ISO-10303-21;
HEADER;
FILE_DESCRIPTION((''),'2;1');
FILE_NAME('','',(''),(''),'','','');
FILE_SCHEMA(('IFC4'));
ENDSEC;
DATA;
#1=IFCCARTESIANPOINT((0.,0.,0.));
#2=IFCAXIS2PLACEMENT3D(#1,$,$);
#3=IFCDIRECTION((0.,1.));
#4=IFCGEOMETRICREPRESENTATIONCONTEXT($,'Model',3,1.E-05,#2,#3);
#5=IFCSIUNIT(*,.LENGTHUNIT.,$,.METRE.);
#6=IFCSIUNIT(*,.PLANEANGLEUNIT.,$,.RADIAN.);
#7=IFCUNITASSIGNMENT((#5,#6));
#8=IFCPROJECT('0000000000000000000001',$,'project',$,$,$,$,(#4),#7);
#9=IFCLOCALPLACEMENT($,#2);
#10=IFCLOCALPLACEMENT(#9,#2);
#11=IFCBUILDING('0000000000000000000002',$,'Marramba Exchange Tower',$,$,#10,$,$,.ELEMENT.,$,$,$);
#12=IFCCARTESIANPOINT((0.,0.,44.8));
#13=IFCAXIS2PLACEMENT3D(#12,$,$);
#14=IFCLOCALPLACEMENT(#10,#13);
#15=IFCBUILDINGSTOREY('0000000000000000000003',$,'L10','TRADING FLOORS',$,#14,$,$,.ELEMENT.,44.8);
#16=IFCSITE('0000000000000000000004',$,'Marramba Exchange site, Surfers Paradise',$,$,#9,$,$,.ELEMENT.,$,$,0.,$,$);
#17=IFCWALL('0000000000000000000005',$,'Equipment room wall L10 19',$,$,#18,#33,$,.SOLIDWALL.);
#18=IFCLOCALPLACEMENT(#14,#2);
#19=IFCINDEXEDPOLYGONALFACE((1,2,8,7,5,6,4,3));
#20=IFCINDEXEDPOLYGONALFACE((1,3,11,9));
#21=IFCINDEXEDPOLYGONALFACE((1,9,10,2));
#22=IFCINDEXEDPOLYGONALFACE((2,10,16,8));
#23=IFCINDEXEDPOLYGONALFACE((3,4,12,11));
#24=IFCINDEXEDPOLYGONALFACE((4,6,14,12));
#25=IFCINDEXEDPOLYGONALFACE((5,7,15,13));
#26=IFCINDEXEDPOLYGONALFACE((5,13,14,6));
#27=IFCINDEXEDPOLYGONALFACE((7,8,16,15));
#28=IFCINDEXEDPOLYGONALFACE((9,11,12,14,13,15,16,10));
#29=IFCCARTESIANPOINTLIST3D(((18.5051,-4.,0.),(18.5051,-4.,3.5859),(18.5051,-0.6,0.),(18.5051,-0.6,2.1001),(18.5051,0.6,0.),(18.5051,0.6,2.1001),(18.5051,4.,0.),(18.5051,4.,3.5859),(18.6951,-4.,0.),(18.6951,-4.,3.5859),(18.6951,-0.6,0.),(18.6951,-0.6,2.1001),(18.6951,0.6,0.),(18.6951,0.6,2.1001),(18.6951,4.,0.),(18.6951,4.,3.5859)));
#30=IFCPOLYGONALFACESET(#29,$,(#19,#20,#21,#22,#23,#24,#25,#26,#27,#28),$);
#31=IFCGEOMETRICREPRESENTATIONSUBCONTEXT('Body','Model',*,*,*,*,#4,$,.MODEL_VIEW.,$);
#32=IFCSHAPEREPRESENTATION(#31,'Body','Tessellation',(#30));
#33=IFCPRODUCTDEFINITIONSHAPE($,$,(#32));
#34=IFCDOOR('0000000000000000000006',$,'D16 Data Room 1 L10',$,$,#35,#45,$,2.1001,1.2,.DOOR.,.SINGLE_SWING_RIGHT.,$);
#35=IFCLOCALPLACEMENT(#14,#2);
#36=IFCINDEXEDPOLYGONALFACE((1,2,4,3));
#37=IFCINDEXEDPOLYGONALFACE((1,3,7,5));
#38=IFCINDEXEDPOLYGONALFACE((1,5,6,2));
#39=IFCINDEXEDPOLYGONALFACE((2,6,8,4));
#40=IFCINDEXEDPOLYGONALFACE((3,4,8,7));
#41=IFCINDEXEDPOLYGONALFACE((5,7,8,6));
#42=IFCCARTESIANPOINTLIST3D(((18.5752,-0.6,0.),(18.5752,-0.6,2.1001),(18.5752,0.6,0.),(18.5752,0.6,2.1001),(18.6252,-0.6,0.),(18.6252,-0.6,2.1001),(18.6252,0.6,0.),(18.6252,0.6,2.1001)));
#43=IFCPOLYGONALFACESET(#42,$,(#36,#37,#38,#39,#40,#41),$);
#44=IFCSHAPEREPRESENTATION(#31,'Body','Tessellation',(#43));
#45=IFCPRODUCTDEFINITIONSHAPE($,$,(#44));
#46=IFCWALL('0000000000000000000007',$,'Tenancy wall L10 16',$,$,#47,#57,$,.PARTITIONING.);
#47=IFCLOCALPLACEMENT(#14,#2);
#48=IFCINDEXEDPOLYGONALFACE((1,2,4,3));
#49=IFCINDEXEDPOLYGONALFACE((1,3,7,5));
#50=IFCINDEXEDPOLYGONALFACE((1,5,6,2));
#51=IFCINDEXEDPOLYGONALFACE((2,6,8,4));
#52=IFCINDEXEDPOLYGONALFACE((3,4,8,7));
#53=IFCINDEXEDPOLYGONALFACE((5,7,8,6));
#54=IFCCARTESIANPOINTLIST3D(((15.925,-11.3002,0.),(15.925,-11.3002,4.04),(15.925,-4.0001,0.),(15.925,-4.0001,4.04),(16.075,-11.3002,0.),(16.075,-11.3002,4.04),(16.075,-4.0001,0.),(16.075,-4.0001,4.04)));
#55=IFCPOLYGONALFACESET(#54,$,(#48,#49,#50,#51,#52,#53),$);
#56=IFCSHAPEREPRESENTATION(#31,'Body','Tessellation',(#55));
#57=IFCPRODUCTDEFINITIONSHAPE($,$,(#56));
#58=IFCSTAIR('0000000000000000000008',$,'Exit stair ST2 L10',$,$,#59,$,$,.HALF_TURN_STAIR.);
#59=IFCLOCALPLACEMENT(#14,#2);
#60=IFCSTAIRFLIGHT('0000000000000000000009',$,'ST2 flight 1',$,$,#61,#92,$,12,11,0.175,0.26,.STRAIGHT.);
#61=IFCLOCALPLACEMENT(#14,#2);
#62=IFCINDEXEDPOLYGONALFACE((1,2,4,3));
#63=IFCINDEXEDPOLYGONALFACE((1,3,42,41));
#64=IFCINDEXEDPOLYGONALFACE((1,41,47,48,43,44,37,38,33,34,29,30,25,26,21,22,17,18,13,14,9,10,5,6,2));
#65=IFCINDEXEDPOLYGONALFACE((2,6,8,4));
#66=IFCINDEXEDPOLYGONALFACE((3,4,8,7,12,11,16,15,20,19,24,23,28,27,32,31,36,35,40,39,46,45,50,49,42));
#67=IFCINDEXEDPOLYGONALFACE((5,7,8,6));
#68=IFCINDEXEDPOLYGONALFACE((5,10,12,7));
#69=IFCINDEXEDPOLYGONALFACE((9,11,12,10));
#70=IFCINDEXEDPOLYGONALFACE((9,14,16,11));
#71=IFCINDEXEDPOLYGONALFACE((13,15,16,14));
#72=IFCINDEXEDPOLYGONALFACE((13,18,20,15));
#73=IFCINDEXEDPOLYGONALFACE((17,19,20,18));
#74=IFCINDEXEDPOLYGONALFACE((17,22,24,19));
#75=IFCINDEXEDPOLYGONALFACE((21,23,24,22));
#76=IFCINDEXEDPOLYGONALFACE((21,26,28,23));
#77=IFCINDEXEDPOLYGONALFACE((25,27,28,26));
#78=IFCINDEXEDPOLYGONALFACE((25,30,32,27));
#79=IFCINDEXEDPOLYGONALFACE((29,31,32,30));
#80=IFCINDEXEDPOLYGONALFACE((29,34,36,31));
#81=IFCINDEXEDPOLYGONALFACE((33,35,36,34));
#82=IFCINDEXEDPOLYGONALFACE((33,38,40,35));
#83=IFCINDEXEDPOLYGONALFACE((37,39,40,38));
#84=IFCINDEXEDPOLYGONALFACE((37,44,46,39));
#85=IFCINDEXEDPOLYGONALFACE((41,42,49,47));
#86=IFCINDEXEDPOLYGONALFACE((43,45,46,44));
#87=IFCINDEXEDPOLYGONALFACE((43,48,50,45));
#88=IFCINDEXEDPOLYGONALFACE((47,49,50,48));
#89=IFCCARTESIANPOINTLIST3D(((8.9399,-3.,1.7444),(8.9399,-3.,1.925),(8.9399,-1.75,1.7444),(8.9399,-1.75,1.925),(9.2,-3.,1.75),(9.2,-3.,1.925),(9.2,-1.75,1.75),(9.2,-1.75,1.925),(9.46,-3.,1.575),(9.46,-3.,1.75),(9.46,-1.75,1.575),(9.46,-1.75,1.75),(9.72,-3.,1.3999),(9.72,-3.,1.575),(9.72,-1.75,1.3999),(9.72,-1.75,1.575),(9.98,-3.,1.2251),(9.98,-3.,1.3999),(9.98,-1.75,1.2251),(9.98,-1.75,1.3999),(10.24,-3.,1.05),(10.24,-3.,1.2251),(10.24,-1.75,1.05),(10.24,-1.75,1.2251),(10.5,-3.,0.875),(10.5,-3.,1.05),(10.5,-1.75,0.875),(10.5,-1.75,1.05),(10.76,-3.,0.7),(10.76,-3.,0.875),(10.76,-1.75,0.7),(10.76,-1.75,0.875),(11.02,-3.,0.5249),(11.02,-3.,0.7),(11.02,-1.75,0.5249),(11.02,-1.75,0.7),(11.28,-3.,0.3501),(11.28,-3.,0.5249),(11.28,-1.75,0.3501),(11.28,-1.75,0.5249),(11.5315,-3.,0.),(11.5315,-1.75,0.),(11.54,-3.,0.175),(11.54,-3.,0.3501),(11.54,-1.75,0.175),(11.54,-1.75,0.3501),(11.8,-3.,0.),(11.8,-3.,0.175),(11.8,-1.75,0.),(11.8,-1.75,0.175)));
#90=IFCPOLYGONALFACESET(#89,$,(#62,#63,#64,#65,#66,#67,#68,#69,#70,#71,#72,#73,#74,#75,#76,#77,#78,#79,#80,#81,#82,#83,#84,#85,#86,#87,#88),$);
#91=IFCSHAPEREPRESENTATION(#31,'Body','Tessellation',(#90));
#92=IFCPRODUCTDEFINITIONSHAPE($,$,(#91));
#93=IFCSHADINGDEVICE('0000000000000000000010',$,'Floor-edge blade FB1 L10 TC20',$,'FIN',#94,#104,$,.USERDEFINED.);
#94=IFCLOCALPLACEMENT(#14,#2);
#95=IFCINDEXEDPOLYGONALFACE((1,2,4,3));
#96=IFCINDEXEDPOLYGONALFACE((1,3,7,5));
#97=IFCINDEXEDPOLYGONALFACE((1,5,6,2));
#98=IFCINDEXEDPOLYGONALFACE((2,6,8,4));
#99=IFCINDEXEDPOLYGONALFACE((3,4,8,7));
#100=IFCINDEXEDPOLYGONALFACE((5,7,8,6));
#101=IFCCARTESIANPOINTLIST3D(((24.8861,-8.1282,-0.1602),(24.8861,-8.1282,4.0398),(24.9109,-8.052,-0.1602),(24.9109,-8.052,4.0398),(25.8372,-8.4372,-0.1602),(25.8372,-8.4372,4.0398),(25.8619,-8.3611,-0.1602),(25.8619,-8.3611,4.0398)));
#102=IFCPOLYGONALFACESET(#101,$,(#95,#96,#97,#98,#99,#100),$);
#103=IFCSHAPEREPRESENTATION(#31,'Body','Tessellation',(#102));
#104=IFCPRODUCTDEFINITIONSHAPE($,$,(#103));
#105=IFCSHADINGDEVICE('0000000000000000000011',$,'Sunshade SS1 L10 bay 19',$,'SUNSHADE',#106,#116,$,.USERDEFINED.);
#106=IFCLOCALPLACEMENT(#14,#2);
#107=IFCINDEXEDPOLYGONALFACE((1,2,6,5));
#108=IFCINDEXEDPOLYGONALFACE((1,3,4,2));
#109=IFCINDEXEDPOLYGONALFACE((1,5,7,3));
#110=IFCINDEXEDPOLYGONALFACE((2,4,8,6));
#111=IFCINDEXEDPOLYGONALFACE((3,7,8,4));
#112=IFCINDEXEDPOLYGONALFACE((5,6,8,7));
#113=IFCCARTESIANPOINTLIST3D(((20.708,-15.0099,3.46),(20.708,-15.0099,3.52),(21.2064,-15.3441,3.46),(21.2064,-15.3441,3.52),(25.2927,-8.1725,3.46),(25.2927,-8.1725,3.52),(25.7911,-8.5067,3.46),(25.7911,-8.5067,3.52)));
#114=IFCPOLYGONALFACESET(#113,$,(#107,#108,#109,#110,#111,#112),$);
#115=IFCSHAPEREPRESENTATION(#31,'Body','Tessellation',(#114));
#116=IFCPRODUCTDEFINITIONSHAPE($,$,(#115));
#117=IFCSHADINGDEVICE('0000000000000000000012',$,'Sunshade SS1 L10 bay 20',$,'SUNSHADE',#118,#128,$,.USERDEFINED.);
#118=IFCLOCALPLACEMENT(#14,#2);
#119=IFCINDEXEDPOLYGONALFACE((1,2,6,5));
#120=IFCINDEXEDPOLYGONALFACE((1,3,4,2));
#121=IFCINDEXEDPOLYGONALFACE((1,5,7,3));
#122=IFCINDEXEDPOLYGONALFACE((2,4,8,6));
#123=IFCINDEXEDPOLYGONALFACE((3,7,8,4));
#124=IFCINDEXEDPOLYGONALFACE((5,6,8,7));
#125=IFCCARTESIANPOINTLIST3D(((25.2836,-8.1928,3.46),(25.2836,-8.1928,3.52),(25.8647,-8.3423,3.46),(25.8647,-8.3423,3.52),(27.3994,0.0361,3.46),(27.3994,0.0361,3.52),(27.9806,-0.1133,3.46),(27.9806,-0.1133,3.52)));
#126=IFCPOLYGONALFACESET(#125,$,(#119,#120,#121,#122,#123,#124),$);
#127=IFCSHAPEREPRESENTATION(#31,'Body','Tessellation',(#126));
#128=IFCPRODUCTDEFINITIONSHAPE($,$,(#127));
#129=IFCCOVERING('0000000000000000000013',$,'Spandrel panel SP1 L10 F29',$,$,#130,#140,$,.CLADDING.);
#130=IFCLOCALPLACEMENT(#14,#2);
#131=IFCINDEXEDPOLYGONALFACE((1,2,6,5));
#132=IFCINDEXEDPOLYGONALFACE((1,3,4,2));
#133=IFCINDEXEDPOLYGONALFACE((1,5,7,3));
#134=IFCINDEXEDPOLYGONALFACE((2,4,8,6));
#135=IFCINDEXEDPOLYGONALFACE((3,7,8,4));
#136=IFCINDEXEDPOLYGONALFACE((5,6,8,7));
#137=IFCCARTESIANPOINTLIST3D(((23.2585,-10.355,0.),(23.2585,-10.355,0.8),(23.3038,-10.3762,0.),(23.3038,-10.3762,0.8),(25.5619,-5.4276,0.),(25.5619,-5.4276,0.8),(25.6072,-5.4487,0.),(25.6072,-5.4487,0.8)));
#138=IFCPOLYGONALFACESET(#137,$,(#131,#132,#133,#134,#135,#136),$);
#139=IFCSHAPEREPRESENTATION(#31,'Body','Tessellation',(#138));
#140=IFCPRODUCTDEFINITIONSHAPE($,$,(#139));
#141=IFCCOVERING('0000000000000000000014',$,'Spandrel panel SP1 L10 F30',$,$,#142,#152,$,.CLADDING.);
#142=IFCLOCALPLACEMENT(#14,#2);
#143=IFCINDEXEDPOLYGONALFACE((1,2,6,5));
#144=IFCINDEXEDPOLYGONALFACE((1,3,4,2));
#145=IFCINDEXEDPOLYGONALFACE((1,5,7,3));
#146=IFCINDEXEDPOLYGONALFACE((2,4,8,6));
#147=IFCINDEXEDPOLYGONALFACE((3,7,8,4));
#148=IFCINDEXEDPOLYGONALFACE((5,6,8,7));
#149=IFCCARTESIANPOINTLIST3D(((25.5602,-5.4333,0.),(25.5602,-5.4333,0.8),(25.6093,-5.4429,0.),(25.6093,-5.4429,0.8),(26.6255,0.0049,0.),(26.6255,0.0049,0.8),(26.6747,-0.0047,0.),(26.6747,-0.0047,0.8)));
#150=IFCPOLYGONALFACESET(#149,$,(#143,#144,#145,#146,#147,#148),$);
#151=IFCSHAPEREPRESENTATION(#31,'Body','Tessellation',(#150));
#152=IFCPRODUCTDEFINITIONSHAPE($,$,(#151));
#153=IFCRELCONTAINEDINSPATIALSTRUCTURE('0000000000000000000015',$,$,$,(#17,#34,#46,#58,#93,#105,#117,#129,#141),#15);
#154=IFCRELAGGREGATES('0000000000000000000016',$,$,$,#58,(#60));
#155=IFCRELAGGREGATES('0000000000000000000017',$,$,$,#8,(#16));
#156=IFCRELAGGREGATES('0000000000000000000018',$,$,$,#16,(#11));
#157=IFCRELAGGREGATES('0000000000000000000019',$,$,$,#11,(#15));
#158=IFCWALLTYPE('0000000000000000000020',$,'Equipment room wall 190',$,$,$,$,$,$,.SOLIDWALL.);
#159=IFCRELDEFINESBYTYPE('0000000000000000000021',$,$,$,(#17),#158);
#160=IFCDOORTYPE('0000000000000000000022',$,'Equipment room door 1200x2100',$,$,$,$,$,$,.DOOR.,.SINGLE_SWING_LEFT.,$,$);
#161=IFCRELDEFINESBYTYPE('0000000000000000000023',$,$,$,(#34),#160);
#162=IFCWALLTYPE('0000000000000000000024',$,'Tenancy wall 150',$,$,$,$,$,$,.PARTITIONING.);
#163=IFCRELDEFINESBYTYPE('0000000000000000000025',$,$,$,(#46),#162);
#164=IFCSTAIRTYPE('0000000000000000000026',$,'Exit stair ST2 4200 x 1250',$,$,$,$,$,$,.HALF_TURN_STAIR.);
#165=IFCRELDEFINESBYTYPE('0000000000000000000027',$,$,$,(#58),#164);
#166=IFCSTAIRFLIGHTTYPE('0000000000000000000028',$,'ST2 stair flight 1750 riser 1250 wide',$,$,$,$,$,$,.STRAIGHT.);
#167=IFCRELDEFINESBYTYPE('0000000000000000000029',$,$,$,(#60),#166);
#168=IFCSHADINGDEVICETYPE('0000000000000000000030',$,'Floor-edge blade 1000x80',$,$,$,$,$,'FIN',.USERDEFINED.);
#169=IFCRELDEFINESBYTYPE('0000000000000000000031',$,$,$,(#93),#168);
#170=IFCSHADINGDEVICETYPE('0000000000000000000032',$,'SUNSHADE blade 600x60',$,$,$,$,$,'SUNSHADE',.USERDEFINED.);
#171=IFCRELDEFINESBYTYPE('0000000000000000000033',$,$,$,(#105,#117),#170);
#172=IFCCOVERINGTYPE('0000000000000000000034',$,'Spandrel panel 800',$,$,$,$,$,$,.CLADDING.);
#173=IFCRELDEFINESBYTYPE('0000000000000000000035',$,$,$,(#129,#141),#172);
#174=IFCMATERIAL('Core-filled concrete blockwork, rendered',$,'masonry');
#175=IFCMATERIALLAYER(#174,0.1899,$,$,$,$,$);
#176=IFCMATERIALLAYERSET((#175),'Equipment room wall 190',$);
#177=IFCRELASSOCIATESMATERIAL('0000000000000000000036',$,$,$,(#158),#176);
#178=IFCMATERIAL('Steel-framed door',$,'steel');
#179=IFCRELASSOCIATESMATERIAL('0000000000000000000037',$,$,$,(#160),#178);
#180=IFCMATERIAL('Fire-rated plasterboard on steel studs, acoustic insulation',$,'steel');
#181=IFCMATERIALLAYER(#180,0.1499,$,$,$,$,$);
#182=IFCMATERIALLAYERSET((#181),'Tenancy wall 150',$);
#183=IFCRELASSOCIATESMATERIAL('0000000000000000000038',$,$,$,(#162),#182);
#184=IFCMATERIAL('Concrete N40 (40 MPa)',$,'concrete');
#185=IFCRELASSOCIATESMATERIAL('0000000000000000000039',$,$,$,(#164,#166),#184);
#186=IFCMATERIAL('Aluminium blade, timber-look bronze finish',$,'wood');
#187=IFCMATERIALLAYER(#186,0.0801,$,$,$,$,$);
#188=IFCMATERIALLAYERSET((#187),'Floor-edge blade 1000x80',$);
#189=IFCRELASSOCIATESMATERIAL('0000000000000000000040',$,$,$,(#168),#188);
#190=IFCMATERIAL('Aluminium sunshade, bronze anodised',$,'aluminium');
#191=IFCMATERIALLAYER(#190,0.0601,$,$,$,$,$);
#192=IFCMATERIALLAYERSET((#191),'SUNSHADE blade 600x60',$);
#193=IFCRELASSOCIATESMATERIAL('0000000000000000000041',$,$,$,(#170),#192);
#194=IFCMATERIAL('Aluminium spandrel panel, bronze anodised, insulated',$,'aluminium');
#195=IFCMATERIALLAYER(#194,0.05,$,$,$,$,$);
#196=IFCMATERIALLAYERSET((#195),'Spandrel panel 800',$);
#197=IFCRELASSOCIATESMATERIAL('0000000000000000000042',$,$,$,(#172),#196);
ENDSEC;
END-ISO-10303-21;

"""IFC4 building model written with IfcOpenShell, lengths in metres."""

from ifc_helpers import new_model, si_unit, direction, frame, frame_2d, origin, origin_2d, place, context, subcontext, project, spatial, polyline, rectangle, outline, extrude, material, layer, layer_set, type_object, element, fill, aggregate, save


model = new_model("IFC4")

# Units and contexts
model_context = context("Model", 3, precision=1e-05, world=origin(), true_north=direction((0.0, 1.0)))
body_context = subcontext(model_context, "Body", "Model", "MODEL_VIEW")
ifc_project = project(units=[si_unit("LENGTHUNIT", "METRE"), si_unit("PLANEANGLEUNIT", "RADIAN")], contexts=[model_context])

# Site, building, storey
site_placement = place(None, origin())
site = spatial("IfcSite", under=ifc_project, at=site_placement, Name="Marramba Exchange site, Surfers Paradise", CompositionType="ELEMENT", RefElevation=0.0)
building_placement = place(site_placement, origin())
building = spatial("IfcBuilding", under=site, at=building_placement, Name="Marramba Exchange Tower", CompositionType="ELEMENT")
storey_placement = place(building_placement, frame((0.0, 0.0, 44.8)))
storey = spatial("IfcBuildingStorey", under=building, at=storey_placement, Name="L10", Description="TRADING FLOORS", CompositionType="ELEMENT", Elevation=44.8)

# Shared definitions
ifc_material_1 = material(Name="Steel-framed door", Category="steel")

# Shared definitions
ifc_material_2 = material(Name="Core-filled concrete blockwork, rendered", Category="masonry")
ifc_layer_1 = layer(ifc_material_2, 0.1899)
ifc_layer_set_1 = layer_set([ifc_layer_1], Name="Equipment room wall 190")
wall_type_1 = type_object("IfcWallType", Name="Equipment room wall 190", PredefinedType="SOLIDWALL", material=ifc_layer_set_1)

# Wall, opening, door
wall_1_placement = place(storey_placement, frame((18.6001, -4.0, 0.0), z_axis=(0.0, 0.0, 1.0), x_axis=(0.0, 1.0, 0.0)))
wall_1 = element("IfcWall", 1, at=wall_1_placement, inside=storey, type_object=wall_type_1, Name="Equipment room wall L10 19", PredefinedType="SOLIDWALL", context=body_context, shape_type="SweptSolid", body=[
    extrude(rectangle(XDim=8.0, YDim=0.1899, at=frame_2d((4.0, 0.0))), origin(), (0.0, 0.0, 1.0), 3.5859),
])
opening_1_placement = place(wall_1_placement, frame((3.3999, 0.0, 0.0)))
opening_1 = element("IfcOpeningElement", 2, at=opening_1_placement, cuts=wall_1, PredefinedType="OPENING", context=body_context, shape_type="SweptSolid", body=[
    extrude(rectangle(XDim=1.2, YDim=2.1001, at=frame_2d((0.6001, 1.05))), frame((0.0, 0.105, 0.0), z_axis=(0.0, -1.0, 0.0), x_axis=(1.0, 0.0, 0.0)), (0.0, 0.0, 1.0), 0.21),
])
door_type_1 = type_object("IfcDoorType", Name="Equipment room door 1200x2100", OperationType="SINGLE_SWING_LEFT", PredefinedType="DOOR", material=ifc_material_1)
door_1_placement = place(opening_1_placement, origin())
door_1 = element("IfcDoor", 3, at=door_1_placement, inside=storey, type_object=door_type_1, Name="D16 Data Room 1 L10", OperationType="SINGLE_SWING_RIGHT", OverallHeight=2.1001, OverallWidth=1.2, PredefinedType="DOOR", context=body_context, shape_type="SweptSolid", body=[
    extrude(rectangle(XDim=1.2, YDim=2.1001, at=frame_2d((0.6001, 1.05))), frame((0.0, 0.0249, 0.0), z_axis=(0.0, -1.0, 0.0), x_axis=(1.0, 0.0, 0.0)), (0.0, 0.0, 1.0), 0.05),
])
fill(opening_1, door_1)

# Wall
ifc_material_3 = material(Name="Fire-rated plasterboard on steel studs, acoustic insulation", Category="steel")
ifc_layer_2 = layer(ifc_material_3, 0.1499)
ifc_layer_set_2 = layer_set([ifc_layer_2], Name="Tenancy wall 150")
wall_type_2 = type_object("IfcWallType", Name="Tenancy wall 150", PredefinedType="PARTITIONING", material=ifc_layer_set_2)
wall_2_placement = place(storey_placement, frame((16.0, -11.3, 0.0), z_axis=(0.0, 0.0, 1.0), x_axis=(0.0, 1.0, 0.0)))
element("IfcWall", 4, at=wall_2_placement, inside=storey, type_object=wall_type_2, Name="Tenancy wall L10 16", PredefinedType="PARTITIONING", context=body_context, shape_type="SweptSolid", body=[
    extrude(rectangle(XDim=7.3, YDim=0.1499, at=frame_2d((3.6499, 0.0))), origin(), (0.0, 0.0, 1.0), 4.04),
])

# Stair, stair flight
ifc_material_4 = material(Name="Concrete N40 (40 MPa)", Category="concrete")
stair_type = type_object("IfcStairType", Name="Exit stair ST2 4200 x 1250", PredefinedType="HALF_TURN_STAIR", material=ifc_material_4)
stair_placement = place(storey_placement, origin())
stair = element("IfcStair", 5, at=stair_placement, inside=storey, type_object=stair_type, Name="Exit stair ST2 L10", PredefinedType="HALF_TURN_STAIR")
stair_flight_type = type_object("IfcStairFlightType", Name="ST2 stair flight 1750 riser 1250 wide", PredefinedType="STRAIGHT", material=ifc_material_4)
stair_flight_placement = place(storey_placement, frame((11.8, -2.375, 0.0), z_axis=(0.0, 0.0, 1.0), x_axis=(-1.0, 0.0, 0.0)))
stair_flight = element("IfcStairFlight", 6, at=stair_flight_placement, type_object=stair_flight_type, Name="ST2 flight 1", NumberOfRisers=12, NumberOfTreads=11, PredefinedType="STRAIGHT", RiserHeight=0.175, TreadLength=0.26, context=body_context, shape_type="SweptSolid", body=[
    extrude(outline(polyline([(0.0, 0.0), (0.0, 0.175), (0.26, 0.175), (0.26, 0.3501), (0.52, 0.3501), (0.52, 0.5249), (0.78, 0.5249), (0.78, 0.7), (1.04, 0.7), (1.04, 0.875), (1.3, 0.875), (1.3, 1.05), (1.5601, 1.05), (1.5601, 1.2251), (1.8201, 1.2251), (1.8201, 1.3999), (2.0801, 1.3999), (2.0801, 1.575), (2.3401, 1.575), (2.3401, 1.75), (2.6001, 1.75), (2.6001, 1.925), (2.8601, 1.925), (2.8601, 2.1001), (2.8601, 1.7444), (0.2686, 0.0), (0.0, 0.0)])), frame((0.0, 0.625, 0.0), z_axis=(0.0, -1.0, 0.0), x_axis=(1.0, 0.0, 0.0)), (0.0, 0.0, 1.0), 1.25),
])
aggregate(stair, [stair_flight])

# Shading devices
ifc_material_5 = material(Name="Aluminium blade, timber-look bronze finish", Category="wood")
ifc_layer_3 = layer(ifc_material_5, 0.0801)
ifc_layer_set_3 = layer_set([ifc_layer_3], Name="Floor-edge blade 1000x80")
shading_device_type_1 = type_object("IfcShadingDeviceType", Name="Floor-edge blade 1000x80", ElementType="FIN", PredefinedType="USERDEFINED", material=ifc_layer_set_3)
shading_device_1_placement = place(storey_placement, frame((25.374, -8.2446, -0.1602), z_axis=(0.0, 0.0, 1.0), x_axis=(0.951057, -0.309017, 0.0)))
element("IfcShadingDevice", 7, at=shading_device_1_placement, inside=storey, type_object=shading_device_type_1, Name="Floor-edge blade FB1 L10 TC20", ObjectType="FIN", PredefinedType="USERDEFINED", context=body_context, shape_type="SweptSolid", body=[
    extrude(rectangle(XDim=1.0, YDim=0.0801, at=origin_2d()), origin(), (0.0, 0.0, 1.0), 4.2),
])
ifc_material_6 = material(Name="Aluminium sunshade, bronze anodised", Category="aluminium")
ifc_layer_4 = layer(ifc_material_6, 0.0601)
ifc_layer_set_4 = layer_set([ifc_layer_4], Name="SUNSHADE blade 600x60")
shading_device_type_2 = type_object("IfcShadingDeviceType", Name="SUNSHADE blade 600x60", ElementType="SUNSHADE", PredefinedType="USERDEFINED", material=ifc_layer_set_4)
shading_device_2_placement = place(storey_placement, frame((23.2495, -11.7583, 3.46), z_axis=(0.0, 0.0, 1.0), x_axis=(0.556924, 0.830563, 0.0)))
element("IfcShadingDevice", 8, at=shading_device_2_placement, inside=storey, type_object=shading_device_type_2, Name="Sunshade SS1 L10 bay 19", ObjectType="SUNSHADE", PredefinedType="USERDEFINED", context=body_context, shape_type="SweptSolid", body=[
    extrude(rectangle(XDim=8.2322, YDim=0.6001, at=origin_2d()), origin(), (0.0, 0.0, 1.0), 0.0601),
])
shading_device_3_placement = place(storey_placement, frame((26.6321, -4.1531, 3.46), z_axis=(0.0, 0.0, 1.0), x_axis=(0.249025, 0.968497, 0.0)))
element("IfcShadingDevice", 9, at=shading_device_3_placement, inside=storey, type_object=shading_device_type_2, Name="Sunshade SS1 L10 bay 20", ObjectType="SUNSHADE", PredefinedType="USERDEFINED", context=body_context, shape_type="SweptSolid", body=[
    extrude(rectangle(XDim=8.4966, YDim=0.6001, at=origin_2d()), origin(), (0.0, 0.0, 1.0), 0.0601),
])

# Coverings
ifc_material_7 = material(Name="Aluminium spandrel panel, bronze anodised, insulated", Category="aluminium")
ifc_layer_5 = layer(ifc_material_7, 0.05)
ifc_layer_set_5 = layer_set([ifc_layer_5], Name="Spandrel panel 800")
covering_type = type_object("IfcCoveringType", Name="Spandrel panel 800", PredefinedType="CLADDING", material=ifc_layer_set_5)
covering_1_placement = place(storey_placement, frame((24.4329, -7.9019, 0.0), z_axis=(0.0, 0.0, 1.0), x_axis=(0.423477, 0.905907, 0.0)))
element("IfcCovering", 10, at=covering_1_placement, inside=storey, type_object=covering_type, Name="Spandrel panel SP1 L10 F29", PredefinedType="CLADDING", context=body_context, shape_type="SweptSolid", body=[
    extrude(rectangle(XDim=5.4392, YDim=0.05, at=origin_2d()), origin(), (0.0, 0.0, 1.0), 0.8),
])
covering_2_placement = place(storey_placement, frame((26.1174, -2.719, 0.0), z_axis=(0.0, 0.0, 1.0), x_axis=(0.192249, 0.981346, 0.0)))
element("IfcCovering", 11, at=covering_2_placement, inside=storey, type_object=covering_type, Name="Spandrel panel SP1 L10 F30", PredefinedType="CLADDING", context=body_context, shape_type="SweptSolid", body=[
    extrude(rectangle(XDim=5.5415, YDim=0.05, at=origin_2d()), origin(), (0.0, 0.0, 1.0), 0.8),
])

save(model, "model.ifc")
